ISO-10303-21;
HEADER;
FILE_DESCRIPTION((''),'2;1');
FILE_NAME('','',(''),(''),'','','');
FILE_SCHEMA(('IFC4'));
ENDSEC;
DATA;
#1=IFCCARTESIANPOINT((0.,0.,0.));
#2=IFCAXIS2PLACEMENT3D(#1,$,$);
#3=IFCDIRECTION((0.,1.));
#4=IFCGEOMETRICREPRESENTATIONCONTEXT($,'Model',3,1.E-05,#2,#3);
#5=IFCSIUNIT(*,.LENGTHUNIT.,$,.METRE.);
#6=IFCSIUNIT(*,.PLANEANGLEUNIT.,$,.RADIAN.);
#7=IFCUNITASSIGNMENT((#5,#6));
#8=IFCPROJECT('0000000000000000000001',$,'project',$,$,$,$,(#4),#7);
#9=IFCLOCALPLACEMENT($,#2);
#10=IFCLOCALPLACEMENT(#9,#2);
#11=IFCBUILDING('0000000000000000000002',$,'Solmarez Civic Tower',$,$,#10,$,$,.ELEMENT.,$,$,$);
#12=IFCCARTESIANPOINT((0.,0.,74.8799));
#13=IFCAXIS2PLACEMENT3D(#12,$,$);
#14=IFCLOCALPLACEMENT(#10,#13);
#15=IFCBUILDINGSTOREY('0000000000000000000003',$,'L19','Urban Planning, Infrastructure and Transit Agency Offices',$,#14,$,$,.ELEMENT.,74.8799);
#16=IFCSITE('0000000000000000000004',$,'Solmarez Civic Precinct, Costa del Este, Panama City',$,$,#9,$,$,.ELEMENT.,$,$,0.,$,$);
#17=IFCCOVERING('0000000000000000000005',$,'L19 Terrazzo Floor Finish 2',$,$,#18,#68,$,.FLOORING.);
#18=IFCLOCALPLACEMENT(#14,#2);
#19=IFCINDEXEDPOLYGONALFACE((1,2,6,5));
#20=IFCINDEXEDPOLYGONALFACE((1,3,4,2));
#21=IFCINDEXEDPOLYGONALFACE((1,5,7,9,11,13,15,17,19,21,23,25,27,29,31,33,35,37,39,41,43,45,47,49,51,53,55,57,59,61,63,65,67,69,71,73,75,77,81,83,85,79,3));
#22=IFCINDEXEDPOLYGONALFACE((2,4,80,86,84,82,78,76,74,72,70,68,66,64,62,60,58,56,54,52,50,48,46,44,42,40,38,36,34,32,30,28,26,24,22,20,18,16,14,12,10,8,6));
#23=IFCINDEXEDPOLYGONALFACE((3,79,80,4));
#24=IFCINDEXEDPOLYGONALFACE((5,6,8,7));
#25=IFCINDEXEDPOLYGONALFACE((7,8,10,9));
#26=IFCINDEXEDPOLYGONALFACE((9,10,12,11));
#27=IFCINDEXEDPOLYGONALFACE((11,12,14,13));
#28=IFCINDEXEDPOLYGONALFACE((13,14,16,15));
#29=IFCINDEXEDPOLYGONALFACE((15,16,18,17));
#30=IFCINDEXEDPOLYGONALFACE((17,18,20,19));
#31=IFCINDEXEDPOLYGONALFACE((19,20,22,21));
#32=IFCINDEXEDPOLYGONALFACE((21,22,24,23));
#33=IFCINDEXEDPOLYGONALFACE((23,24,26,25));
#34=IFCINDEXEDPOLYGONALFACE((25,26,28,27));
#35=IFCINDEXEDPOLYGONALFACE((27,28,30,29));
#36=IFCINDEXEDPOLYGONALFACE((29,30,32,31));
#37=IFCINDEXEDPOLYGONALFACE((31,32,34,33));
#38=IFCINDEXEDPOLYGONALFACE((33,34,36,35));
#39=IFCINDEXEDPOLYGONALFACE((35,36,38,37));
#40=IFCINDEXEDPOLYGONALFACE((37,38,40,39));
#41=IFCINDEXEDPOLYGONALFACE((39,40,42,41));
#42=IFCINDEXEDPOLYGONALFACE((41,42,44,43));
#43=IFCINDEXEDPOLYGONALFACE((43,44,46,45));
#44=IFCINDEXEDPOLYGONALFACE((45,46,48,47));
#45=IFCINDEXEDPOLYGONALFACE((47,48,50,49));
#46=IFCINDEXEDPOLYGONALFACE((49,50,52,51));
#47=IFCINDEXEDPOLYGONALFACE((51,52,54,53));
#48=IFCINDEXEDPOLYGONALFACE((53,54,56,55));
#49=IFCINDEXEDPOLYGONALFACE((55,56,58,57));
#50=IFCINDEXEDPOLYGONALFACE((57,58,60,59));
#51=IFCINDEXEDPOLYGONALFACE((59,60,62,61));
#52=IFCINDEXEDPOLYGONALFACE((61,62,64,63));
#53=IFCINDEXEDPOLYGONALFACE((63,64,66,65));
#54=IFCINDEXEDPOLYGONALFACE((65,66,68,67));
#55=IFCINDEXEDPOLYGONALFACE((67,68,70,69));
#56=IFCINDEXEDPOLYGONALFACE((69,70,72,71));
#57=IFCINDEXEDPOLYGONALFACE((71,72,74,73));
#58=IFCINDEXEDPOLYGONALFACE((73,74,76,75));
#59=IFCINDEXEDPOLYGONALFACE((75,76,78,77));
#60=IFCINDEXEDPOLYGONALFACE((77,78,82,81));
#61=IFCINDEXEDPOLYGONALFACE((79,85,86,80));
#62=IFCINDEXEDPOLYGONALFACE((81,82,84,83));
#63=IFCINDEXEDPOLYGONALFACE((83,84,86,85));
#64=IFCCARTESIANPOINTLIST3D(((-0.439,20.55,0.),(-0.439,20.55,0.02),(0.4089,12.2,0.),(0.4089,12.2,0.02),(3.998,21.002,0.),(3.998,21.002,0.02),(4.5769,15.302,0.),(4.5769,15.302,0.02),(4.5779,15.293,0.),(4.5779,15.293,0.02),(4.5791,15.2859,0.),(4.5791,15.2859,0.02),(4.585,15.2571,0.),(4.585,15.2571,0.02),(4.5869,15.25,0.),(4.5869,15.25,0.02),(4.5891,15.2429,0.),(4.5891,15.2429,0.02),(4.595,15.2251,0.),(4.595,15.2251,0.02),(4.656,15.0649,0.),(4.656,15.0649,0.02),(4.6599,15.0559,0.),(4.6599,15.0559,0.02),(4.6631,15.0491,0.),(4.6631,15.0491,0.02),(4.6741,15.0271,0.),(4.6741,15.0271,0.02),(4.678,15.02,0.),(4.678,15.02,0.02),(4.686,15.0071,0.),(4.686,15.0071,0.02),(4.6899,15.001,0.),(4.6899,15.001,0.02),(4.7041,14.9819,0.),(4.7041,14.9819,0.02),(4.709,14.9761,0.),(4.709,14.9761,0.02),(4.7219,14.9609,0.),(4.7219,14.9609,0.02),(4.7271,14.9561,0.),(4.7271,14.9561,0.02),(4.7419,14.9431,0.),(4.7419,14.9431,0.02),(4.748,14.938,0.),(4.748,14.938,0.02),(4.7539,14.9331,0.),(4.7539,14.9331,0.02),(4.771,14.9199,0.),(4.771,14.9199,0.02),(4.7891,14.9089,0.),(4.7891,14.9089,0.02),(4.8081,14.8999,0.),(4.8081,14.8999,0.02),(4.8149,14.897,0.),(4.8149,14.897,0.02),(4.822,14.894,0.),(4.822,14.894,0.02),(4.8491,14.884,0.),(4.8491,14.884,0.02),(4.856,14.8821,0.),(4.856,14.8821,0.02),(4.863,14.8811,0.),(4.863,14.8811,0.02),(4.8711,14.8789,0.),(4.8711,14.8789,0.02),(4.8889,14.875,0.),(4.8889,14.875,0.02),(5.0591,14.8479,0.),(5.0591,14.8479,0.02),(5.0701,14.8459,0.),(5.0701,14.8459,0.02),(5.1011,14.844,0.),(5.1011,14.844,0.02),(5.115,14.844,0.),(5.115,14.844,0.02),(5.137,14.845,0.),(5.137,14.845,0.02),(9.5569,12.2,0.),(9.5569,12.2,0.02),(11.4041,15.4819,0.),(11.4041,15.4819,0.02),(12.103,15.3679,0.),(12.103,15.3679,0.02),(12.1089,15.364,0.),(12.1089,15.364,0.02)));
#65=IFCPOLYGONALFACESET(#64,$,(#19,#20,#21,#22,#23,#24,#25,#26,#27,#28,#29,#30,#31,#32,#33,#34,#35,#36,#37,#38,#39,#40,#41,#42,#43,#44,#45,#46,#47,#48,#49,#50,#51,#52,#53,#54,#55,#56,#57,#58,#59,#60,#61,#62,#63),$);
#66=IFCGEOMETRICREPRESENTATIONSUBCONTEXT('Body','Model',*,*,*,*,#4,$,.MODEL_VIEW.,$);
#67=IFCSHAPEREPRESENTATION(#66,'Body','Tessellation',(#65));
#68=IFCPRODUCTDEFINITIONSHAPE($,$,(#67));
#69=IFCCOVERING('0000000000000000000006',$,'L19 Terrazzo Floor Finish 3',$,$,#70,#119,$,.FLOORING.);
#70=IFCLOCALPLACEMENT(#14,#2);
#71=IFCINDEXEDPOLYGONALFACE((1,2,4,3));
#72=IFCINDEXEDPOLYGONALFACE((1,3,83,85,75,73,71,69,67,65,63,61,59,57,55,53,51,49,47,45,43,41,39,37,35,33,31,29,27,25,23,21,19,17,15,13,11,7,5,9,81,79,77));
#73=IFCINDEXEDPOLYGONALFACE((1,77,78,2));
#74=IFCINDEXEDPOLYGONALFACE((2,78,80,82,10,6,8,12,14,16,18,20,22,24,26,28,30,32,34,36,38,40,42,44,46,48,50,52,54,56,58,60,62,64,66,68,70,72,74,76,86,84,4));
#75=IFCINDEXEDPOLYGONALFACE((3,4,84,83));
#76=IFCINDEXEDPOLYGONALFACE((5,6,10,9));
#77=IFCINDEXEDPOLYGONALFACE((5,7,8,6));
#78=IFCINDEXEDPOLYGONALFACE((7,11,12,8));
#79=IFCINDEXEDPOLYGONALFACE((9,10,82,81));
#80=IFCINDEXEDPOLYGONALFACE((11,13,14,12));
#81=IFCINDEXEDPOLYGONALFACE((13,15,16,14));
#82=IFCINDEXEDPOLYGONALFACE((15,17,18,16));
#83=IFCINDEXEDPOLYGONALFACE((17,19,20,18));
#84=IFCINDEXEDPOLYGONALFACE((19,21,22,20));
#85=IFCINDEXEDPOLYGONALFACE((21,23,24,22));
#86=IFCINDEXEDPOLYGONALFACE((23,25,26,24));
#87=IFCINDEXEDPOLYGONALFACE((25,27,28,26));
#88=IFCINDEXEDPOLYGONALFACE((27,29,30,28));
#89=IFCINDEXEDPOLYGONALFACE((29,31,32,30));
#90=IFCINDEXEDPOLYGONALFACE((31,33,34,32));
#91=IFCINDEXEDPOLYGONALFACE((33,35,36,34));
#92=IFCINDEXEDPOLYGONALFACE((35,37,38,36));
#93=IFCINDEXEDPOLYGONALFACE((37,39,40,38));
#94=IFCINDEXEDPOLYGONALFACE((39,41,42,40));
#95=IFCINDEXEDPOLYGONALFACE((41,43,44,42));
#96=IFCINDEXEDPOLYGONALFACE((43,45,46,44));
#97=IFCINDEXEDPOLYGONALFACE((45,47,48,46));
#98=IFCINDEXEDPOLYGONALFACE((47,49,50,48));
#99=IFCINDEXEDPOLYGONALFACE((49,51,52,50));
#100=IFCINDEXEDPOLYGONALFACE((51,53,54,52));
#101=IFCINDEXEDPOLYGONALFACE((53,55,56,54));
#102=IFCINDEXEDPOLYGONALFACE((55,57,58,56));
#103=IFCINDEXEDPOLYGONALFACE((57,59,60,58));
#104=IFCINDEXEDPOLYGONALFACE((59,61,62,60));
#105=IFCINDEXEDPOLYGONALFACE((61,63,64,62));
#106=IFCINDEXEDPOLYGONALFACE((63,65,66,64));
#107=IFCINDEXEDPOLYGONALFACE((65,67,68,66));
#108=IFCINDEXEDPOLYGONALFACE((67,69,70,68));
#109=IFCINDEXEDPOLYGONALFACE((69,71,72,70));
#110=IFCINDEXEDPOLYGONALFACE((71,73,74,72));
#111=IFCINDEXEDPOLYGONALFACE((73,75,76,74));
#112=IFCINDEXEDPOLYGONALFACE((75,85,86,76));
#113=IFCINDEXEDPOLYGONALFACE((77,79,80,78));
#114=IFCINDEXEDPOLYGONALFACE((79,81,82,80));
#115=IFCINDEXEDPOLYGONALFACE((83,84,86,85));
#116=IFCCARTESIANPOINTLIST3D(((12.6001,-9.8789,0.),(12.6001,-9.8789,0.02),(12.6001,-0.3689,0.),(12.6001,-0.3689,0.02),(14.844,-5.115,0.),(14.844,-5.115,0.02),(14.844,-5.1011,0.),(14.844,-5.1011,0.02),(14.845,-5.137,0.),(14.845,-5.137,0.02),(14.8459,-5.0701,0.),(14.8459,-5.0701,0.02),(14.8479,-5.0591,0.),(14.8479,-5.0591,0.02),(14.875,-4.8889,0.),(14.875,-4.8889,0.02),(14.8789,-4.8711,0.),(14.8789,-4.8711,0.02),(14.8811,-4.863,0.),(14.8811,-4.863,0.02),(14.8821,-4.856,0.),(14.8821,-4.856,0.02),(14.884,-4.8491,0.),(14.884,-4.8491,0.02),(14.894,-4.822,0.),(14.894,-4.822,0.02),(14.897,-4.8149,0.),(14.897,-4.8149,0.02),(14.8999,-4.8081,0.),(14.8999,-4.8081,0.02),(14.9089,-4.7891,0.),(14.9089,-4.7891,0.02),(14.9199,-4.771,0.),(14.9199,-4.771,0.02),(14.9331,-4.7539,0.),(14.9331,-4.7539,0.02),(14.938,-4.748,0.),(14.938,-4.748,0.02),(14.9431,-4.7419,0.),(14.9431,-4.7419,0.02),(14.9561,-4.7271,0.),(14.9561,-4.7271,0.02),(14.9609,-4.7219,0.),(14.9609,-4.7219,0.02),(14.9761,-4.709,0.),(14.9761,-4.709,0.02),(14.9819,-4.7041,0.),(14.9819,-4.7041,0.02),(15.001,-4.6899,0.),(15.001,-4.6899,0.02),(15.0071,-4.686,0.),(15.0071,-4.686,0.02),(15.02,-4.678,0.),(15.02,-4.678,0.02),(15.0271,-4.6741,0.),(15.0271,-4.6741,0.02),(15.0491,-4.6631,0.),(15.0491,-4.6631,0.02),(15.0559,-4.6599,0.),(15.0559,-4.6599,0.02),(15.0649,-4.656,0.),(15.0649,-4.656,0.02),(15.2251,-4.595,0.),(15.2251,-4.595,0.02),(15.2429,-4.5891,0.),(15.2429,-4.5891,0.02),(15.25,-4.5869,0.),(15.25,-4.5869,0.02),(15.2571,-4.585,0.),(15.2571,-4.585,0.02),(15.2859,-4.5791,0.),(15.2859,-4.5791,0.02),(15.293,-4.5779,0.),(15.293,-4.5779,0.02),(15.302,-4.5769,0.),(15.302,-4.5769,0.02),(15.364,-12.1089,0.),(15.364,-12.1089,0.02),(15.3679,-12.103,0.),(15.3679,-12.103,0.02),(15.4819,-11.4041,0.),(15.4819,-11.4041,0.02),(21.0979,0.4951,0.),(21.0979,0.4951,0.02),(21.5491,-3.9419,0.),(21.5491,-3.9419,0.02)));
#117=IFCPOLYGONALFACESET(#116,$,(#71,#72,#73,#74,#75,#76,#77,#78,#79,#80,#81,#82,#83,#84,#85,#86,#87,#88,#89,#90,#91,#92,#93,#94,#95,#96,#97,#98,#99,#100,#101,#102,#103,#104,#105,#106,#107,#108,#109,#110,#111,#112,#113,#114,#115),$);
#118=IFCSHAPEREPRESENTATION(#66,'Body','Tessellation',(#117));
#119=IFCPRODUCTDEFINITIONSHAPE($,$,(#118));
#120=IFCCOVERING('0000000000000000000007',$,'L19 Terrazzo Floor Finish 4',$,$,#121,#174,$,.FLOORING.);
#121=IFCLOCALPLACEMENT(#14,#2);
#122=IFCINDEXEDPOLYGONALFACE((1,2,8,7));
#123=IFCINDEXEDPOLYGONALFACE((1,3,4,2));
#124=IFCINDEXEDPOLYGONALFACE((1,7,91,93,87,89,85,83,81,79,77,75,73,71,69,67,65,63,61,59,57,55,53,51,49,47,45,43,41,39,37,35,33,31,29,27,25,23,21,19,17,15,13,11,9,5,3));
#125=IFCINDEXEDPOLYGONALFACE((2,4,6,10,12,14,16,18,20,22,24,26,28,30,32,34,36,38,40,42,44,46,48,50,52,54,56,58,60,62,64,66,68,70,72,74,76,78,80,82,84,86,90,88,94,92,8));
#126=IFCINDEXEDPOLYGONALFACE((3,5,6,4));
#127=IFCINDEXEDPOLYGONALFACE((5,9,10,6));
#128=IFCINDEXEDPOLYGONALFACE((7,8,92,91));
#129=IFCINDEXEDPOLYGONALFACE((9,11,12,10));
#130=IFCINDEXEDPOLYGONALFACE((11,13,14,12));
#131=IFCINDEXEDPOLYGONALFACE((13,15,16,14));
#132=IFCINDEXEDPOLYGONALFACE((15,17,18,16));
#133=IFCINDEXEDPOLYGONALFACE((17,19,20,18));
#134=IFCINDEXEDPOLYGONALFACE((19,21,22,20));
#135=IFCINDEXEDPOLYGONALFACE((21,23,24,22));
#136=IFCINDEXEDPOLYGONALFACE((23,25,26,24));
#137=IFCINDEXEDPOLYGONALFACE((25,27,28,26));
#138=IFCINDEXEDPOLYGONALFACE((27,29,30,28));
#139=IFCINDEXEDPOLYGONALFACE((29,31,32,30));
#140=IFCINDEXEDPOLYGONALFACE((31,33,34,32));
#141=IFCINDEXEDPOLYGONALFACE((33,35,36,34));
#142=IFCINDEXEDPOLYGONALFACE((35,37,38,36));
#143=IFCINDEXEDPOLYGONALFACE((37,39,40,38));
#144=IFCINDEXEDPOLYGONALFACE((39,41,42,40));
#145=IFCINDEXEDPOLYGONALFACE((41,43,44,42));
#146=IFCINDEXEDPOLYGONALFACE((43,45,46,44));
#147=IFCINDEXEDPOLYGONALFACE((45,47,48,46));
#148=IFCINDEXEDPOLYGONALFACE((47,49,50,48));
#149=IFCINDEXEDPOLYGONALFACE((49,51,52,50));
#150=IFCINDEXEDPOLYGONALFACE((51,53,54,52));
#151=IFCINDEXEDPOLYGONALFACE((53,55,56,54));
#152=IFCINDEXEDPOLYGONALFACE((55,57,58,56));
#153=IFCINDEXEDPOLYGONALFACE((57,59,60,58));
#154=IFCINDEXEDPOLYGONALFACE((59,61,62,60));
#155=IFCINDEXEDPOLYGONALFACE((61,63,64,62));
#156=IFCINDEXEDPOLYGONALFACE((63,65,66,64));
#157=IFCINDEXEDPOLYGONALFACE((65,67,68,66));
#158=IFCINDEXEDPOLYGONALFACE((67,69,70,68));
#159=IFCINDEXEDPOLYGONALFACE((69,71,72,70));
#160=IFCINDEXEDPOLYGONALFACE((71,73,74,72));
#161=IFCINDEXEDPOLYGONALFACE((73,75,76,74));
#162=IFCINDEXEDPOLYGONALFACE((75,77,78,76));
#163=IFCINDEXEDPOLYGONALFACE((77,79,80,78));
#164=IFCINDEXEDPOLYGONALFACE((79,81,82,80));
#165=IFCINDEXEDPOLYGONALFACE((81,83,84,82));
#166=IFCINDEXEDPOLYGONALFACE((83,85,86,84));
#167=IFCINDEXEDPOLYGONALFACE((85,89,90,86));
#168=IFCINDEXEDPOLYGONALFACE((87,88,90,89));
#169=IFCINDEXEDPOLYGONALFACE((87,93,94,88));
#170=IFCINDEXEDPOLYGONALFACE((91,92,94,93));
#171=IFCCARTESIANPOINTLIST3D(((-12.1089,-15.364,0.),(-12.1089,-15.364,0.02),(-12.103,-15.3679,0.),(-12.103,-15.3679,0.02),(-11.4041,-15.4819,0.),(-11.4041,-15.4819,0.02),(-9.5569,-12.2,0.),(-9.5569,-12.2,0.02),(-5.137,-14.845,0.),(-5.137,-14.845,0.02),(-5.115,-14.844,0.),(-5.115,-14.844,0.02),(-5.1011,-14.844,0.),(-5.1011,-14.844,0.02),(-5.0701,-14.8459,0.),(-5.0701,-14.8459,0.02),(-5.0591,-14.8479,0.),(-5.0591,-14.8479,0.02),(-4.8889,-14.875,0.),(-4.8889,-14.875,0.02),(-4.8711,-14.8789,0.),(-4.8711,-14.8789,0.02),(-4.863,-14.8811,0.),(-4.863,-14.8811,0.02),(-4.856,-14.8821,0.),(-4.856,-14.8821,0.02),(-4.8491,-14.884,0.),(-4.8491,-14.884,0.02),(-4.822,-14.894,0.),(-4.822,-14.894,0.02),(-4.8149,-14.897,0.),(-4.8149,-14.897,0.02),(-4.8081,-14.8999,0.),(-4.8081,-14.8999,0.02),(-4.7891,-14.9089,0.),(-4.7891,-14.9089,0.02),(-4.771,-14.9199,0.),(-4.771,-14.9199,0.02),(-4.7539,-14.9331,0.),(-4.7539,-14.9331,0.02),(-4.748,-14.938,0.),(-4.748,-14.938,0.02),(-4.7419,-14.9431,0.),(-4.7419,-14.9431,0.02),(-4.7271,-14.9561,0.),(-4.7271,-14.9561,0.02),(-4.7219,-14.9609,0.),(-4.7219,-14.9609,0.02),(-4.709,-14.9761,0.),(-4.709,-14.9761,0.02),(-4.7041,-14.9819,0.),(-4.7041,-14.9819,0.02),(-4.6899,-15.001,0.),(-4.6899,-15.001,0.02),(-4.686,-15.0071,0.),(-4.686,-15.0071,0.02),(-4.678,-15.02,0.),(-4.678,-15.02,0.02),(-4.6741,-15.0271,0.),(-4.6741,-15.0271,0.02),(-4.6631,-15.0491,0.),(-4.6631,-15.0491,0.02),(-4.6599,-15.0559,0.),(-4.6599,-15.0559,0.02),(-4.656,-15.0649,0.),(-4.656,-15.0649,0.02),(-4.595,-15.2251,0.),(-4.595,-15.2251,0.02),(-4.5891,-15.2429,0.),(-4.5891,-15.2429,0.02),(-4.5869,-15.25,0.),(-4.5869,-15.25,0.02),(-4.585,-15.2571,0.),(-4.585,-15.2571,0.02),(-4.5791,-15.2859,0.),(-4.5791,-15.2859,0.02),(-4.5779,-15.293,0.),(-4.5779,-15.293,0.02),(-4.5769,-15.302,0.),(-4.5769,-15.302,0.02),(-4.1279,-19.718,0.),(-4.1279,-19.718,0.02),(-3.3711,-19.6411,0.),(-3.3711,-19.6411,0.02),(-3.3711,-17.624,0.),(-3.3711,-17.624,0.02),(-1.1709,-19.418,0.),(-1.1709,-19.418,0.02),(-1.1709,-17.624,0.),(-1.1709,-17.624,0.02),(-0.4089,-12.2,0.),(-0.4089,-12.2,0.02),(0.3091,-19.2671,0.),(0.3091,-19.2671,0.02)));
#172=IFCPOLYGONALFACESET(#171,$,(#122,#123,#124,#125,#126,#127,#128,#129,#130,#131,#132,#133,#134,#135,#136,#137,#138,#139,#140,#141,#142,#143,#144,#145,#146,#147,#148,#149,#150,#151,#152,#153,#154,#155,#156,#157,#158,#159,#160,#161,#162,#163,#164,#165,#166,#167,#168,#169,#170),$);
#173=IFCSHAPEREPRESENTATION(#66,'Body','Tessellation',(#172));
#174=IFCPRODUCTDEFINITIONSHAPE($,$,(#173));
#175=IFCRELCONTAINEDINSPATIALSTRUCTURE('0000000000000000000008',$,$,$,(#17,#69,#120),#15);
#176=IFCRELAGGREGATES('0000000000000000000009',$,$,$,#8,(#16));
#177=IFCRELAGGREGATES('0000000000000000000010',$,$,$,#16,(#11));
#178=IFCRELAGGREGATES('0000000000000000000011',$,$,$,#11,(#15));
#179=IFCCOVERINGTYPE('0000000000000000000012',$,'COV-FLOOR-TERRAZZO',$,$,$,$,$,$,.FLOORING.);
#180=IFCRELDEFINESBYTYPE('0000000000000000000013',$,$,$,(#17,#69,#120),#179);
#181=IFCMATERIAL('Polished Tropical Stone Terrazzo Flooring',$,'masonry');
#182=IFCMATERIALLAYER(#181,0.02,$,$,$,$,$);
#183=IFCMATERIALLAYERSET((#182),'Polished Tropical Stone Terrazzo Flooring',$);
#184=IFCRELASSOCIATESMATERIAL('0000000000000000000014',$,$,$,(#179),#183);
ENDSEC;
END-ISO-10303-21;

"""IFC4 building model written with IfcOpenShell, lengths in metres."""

from ifc_helpers import new_model, si_unit, direction, frame, origin, place, context, subcontext, project, spatial, polyline, outline, extrude, material, layer, layer_set, type_object, element, save


model = new_model("IFC4")

# Units and contexts
model_context = context("Model", 3, precision=1e-05, world=origin(), true_north=direction((0.0, 1.0)))
body_context = subcontext(model_context, "Body", "Model", "MODEL_VIEW")
ifc_project = project(units=[si_unit("LENGTHUNIT", "METRE"), si_unit("PLANEANGLEUNIT", "RADIAN")], contexts=[model_context])

# Site, building, storey
site_placement = place(None, origin())
site = spatial("IfcSite", under=ifc_project, at=site_placement, Name="Solmarez Civic Precinct, Costa del Este, Panama City", CompositionType="ELEMENT", RefElevation=0.0)
building_placement = place(site_placement, origin())
building = spatial("IfcBuilding", under=site, at=building_placement, Name="Solmarez Civic Tower", CompositionType="ELEMENT")
storey_placement = place(building_placement, frame((0.0, 0.0, 74.8799)))
storey = spatial("IfcBuildingStorey", under=building, at=storey_placement, Name="L19", Description="Urban Planning, Infrastructure and Transit Agency Offices", CompositionType="ELEMENT", Elevation=74.8799)

# Coverings
ifc_material_1 = material(Name="Polished Tropical Stone Terrazzo Flooring", Category="masonry")
ifc_layer_1 = layer(ifc_material_1, 0.02)
ifc_layer_set_1 = layer_set([ifc_layer_1], Name="Polished Tropical Stone Terrazzo Flooring")
covering_type_1 = type_object("IfcCoveringType", Name="COV-FLOOR-TERRAZZO", PredefinedType="FLOORING", material=ifc_layer_set_1)
covering_1_placement = place(storey_placement, origin())
element("IfcCovering", 1, at=covering_1_placement, inside=storey, type_object=covering_type_1, Name="L19 Terrazzo Floor Finish 2", PredefinedType="FLOORING", context=body_context, shape_type="SweptSolid", body=[
    extrude(outline(polyline([(0.4089, 12.2), (9.5569, 12.2), (12.1089, 15.364), (12.103, 15.3679), (11.4041, 15.4819), (5.137, 14.845), (5.115, 14.844), (5.1011, 14.844), (5.0701, 14.8459), (5.0591, 14.8479), (4.8889, 14.875), (4.8711, 14.8789), (4.863, 14.8811), (4.856, 14.8821), (4.8491, 14.884), (4.822, 14.894), (4.8149, 14.897), (4.8081, 14.8999), (4.7891, 14.9089), (4.771, 14.9199), (4.7539, 14.9331), (4.748, 14.938), (4.7419, 14.9431), (4.7271, 14.9561), (4.7219, 14.9609), (4.709, 14.9761), (4.7041, 14.9819), (4.6899, 15.001), (4.686, 15.0071), (4.678, 15.02), (4.6741, 15.0271), (4.6631, 15.0491), (4.6599, 15.0559), (4.656, 15.0649), (4.595, 15.2251), (4.5891, 15.2429), (4.5869, 15.25), (4.585, 15.2571), (4.5791, 15.2859), (4.5779, 15.293), (4.5769, 15.302), (3.998, 21.002), (-0.439, 20.55), (0.4089, 12.2)])), origin(), (0.0, 0.0, 1.0), 0.02),
])
covering_2_placement = place(storey_placement, origin())
element("IfcCovering", 2, at=covering_2_placement, inside=storey, type_object=covering_type_1, Name="L19 Terrazzo Floor Finish 3", PredefinedType="FLOORING", context=body_context, shape_type="SweptSolid", body=[
    extrude(outline(polyline([(12.6001, -0.3689), (12.6001, -9.8789), (15.364, -12.1089), (15.3679, -12.103), (15.4819, -11.4041), (14.845, -5.137), (14.844, -5.115), (14.844, -5.1011), (14.8459, -5.0701), (14.8479, -5.0591), (14.875, -4.8889), (14.8789, -4.8711), (14.8811, -4.863), (14.8821, -4.856), (14.884, -4.8491), (14.894, -4.822), (14.897, -4.8149), (14.8999, -4.8081), (14.9089, -4.7891), (14.9199, -4.771), (14.9331, -4.7539), (14.938, -4.748), (14.9431, -4.7419), (14.9561, -4.7271), (14.9609, -4.7219), (14.9761, -4.709), (14.9819, -4.7041), (15.001, -4.6899), (15.0071, -4.686), (15.02, -4.678), (15.0271, -4.6741), (15.0491, -4.6631), (15.0559, -4.6599), (15.0649, -4.656), (15.2251, -4.595), (15.2429, -4.5891), (15.25, -4.5869), (15.2571, -4.585), (15.2859, -4.5791), (15.293, -4.5779), (15.302, -4.5769), (21.5491, -3.9419), (21.0979, 0.4951), (12.6001, -0.3689)])), origin(), (0.0, 0.0, 1.0), 0.02),
])
covering_3_placement = place(storey_placement, origin())
element("IfcCovering", 3, at=covering_3_placement, inside=storey, type_object=covering_type_1, Name="L19 Terrazzo Floor Finish 4", PredefinedType="FLOORING", context=body_context, shape_type="SweptSolid", body=[
    extrude(outline(polyline([(-0.4089, -12.2), (-9.5569, -12.2), (-12.1089, -15.364), (-12.103, -15.3679), (-11.4041, -15.4819), (-5.137, -14.845), (-5.115, -14.844), (-5.1011, -14.844), (-5.0701, -14.8459), (-5.0591, -14.8479), (-4.8889, -14.875), (-4.8711, -14.8789), (-4.863, -14.8811), (-4.856, -14.8821), (-4.8491, -14.884), (-4.822, -14.894), (-4.8149, -14.897), (-4.8081, -14.8999), (-4.7891, -14.9089), (-4.771, -14.9199), (-4.7539, -14.9331), (-4.748, -14.938), (-4.7419, -14.9431), (-4.7271, -14.9561), (-4.7219, -14.9609), (-4.709, -14.9761), (-4.7041, -14.9819), (-4.6899, -15.001), (-4.686, -15.0071), (-4.678, -15.02), (-4.6741, -15.0271), (-4.6631, -15.0491), (-4.6599, -15.0559), (-4.656, -15.0649), (-4.595, -15.2251), (-4.5891, -15.2429), (-4.5869, -15.25), (-4.585, -15.2571), (-4.5791, -15.2859), (-4.5779, -15.293), (-4.5769, -15.302), (-4.1279, -19.718), (-3.3711, -19.6411), (-3.3711, -17.624), (-1.1709, -17.624), (-1.1709, -19.418), (0.3091, -19.2671), (-0.4089, -12.2)])), origin(), (0.0, 0.0, 1.0), 0.02),
])

save(model, "model.ifc")
